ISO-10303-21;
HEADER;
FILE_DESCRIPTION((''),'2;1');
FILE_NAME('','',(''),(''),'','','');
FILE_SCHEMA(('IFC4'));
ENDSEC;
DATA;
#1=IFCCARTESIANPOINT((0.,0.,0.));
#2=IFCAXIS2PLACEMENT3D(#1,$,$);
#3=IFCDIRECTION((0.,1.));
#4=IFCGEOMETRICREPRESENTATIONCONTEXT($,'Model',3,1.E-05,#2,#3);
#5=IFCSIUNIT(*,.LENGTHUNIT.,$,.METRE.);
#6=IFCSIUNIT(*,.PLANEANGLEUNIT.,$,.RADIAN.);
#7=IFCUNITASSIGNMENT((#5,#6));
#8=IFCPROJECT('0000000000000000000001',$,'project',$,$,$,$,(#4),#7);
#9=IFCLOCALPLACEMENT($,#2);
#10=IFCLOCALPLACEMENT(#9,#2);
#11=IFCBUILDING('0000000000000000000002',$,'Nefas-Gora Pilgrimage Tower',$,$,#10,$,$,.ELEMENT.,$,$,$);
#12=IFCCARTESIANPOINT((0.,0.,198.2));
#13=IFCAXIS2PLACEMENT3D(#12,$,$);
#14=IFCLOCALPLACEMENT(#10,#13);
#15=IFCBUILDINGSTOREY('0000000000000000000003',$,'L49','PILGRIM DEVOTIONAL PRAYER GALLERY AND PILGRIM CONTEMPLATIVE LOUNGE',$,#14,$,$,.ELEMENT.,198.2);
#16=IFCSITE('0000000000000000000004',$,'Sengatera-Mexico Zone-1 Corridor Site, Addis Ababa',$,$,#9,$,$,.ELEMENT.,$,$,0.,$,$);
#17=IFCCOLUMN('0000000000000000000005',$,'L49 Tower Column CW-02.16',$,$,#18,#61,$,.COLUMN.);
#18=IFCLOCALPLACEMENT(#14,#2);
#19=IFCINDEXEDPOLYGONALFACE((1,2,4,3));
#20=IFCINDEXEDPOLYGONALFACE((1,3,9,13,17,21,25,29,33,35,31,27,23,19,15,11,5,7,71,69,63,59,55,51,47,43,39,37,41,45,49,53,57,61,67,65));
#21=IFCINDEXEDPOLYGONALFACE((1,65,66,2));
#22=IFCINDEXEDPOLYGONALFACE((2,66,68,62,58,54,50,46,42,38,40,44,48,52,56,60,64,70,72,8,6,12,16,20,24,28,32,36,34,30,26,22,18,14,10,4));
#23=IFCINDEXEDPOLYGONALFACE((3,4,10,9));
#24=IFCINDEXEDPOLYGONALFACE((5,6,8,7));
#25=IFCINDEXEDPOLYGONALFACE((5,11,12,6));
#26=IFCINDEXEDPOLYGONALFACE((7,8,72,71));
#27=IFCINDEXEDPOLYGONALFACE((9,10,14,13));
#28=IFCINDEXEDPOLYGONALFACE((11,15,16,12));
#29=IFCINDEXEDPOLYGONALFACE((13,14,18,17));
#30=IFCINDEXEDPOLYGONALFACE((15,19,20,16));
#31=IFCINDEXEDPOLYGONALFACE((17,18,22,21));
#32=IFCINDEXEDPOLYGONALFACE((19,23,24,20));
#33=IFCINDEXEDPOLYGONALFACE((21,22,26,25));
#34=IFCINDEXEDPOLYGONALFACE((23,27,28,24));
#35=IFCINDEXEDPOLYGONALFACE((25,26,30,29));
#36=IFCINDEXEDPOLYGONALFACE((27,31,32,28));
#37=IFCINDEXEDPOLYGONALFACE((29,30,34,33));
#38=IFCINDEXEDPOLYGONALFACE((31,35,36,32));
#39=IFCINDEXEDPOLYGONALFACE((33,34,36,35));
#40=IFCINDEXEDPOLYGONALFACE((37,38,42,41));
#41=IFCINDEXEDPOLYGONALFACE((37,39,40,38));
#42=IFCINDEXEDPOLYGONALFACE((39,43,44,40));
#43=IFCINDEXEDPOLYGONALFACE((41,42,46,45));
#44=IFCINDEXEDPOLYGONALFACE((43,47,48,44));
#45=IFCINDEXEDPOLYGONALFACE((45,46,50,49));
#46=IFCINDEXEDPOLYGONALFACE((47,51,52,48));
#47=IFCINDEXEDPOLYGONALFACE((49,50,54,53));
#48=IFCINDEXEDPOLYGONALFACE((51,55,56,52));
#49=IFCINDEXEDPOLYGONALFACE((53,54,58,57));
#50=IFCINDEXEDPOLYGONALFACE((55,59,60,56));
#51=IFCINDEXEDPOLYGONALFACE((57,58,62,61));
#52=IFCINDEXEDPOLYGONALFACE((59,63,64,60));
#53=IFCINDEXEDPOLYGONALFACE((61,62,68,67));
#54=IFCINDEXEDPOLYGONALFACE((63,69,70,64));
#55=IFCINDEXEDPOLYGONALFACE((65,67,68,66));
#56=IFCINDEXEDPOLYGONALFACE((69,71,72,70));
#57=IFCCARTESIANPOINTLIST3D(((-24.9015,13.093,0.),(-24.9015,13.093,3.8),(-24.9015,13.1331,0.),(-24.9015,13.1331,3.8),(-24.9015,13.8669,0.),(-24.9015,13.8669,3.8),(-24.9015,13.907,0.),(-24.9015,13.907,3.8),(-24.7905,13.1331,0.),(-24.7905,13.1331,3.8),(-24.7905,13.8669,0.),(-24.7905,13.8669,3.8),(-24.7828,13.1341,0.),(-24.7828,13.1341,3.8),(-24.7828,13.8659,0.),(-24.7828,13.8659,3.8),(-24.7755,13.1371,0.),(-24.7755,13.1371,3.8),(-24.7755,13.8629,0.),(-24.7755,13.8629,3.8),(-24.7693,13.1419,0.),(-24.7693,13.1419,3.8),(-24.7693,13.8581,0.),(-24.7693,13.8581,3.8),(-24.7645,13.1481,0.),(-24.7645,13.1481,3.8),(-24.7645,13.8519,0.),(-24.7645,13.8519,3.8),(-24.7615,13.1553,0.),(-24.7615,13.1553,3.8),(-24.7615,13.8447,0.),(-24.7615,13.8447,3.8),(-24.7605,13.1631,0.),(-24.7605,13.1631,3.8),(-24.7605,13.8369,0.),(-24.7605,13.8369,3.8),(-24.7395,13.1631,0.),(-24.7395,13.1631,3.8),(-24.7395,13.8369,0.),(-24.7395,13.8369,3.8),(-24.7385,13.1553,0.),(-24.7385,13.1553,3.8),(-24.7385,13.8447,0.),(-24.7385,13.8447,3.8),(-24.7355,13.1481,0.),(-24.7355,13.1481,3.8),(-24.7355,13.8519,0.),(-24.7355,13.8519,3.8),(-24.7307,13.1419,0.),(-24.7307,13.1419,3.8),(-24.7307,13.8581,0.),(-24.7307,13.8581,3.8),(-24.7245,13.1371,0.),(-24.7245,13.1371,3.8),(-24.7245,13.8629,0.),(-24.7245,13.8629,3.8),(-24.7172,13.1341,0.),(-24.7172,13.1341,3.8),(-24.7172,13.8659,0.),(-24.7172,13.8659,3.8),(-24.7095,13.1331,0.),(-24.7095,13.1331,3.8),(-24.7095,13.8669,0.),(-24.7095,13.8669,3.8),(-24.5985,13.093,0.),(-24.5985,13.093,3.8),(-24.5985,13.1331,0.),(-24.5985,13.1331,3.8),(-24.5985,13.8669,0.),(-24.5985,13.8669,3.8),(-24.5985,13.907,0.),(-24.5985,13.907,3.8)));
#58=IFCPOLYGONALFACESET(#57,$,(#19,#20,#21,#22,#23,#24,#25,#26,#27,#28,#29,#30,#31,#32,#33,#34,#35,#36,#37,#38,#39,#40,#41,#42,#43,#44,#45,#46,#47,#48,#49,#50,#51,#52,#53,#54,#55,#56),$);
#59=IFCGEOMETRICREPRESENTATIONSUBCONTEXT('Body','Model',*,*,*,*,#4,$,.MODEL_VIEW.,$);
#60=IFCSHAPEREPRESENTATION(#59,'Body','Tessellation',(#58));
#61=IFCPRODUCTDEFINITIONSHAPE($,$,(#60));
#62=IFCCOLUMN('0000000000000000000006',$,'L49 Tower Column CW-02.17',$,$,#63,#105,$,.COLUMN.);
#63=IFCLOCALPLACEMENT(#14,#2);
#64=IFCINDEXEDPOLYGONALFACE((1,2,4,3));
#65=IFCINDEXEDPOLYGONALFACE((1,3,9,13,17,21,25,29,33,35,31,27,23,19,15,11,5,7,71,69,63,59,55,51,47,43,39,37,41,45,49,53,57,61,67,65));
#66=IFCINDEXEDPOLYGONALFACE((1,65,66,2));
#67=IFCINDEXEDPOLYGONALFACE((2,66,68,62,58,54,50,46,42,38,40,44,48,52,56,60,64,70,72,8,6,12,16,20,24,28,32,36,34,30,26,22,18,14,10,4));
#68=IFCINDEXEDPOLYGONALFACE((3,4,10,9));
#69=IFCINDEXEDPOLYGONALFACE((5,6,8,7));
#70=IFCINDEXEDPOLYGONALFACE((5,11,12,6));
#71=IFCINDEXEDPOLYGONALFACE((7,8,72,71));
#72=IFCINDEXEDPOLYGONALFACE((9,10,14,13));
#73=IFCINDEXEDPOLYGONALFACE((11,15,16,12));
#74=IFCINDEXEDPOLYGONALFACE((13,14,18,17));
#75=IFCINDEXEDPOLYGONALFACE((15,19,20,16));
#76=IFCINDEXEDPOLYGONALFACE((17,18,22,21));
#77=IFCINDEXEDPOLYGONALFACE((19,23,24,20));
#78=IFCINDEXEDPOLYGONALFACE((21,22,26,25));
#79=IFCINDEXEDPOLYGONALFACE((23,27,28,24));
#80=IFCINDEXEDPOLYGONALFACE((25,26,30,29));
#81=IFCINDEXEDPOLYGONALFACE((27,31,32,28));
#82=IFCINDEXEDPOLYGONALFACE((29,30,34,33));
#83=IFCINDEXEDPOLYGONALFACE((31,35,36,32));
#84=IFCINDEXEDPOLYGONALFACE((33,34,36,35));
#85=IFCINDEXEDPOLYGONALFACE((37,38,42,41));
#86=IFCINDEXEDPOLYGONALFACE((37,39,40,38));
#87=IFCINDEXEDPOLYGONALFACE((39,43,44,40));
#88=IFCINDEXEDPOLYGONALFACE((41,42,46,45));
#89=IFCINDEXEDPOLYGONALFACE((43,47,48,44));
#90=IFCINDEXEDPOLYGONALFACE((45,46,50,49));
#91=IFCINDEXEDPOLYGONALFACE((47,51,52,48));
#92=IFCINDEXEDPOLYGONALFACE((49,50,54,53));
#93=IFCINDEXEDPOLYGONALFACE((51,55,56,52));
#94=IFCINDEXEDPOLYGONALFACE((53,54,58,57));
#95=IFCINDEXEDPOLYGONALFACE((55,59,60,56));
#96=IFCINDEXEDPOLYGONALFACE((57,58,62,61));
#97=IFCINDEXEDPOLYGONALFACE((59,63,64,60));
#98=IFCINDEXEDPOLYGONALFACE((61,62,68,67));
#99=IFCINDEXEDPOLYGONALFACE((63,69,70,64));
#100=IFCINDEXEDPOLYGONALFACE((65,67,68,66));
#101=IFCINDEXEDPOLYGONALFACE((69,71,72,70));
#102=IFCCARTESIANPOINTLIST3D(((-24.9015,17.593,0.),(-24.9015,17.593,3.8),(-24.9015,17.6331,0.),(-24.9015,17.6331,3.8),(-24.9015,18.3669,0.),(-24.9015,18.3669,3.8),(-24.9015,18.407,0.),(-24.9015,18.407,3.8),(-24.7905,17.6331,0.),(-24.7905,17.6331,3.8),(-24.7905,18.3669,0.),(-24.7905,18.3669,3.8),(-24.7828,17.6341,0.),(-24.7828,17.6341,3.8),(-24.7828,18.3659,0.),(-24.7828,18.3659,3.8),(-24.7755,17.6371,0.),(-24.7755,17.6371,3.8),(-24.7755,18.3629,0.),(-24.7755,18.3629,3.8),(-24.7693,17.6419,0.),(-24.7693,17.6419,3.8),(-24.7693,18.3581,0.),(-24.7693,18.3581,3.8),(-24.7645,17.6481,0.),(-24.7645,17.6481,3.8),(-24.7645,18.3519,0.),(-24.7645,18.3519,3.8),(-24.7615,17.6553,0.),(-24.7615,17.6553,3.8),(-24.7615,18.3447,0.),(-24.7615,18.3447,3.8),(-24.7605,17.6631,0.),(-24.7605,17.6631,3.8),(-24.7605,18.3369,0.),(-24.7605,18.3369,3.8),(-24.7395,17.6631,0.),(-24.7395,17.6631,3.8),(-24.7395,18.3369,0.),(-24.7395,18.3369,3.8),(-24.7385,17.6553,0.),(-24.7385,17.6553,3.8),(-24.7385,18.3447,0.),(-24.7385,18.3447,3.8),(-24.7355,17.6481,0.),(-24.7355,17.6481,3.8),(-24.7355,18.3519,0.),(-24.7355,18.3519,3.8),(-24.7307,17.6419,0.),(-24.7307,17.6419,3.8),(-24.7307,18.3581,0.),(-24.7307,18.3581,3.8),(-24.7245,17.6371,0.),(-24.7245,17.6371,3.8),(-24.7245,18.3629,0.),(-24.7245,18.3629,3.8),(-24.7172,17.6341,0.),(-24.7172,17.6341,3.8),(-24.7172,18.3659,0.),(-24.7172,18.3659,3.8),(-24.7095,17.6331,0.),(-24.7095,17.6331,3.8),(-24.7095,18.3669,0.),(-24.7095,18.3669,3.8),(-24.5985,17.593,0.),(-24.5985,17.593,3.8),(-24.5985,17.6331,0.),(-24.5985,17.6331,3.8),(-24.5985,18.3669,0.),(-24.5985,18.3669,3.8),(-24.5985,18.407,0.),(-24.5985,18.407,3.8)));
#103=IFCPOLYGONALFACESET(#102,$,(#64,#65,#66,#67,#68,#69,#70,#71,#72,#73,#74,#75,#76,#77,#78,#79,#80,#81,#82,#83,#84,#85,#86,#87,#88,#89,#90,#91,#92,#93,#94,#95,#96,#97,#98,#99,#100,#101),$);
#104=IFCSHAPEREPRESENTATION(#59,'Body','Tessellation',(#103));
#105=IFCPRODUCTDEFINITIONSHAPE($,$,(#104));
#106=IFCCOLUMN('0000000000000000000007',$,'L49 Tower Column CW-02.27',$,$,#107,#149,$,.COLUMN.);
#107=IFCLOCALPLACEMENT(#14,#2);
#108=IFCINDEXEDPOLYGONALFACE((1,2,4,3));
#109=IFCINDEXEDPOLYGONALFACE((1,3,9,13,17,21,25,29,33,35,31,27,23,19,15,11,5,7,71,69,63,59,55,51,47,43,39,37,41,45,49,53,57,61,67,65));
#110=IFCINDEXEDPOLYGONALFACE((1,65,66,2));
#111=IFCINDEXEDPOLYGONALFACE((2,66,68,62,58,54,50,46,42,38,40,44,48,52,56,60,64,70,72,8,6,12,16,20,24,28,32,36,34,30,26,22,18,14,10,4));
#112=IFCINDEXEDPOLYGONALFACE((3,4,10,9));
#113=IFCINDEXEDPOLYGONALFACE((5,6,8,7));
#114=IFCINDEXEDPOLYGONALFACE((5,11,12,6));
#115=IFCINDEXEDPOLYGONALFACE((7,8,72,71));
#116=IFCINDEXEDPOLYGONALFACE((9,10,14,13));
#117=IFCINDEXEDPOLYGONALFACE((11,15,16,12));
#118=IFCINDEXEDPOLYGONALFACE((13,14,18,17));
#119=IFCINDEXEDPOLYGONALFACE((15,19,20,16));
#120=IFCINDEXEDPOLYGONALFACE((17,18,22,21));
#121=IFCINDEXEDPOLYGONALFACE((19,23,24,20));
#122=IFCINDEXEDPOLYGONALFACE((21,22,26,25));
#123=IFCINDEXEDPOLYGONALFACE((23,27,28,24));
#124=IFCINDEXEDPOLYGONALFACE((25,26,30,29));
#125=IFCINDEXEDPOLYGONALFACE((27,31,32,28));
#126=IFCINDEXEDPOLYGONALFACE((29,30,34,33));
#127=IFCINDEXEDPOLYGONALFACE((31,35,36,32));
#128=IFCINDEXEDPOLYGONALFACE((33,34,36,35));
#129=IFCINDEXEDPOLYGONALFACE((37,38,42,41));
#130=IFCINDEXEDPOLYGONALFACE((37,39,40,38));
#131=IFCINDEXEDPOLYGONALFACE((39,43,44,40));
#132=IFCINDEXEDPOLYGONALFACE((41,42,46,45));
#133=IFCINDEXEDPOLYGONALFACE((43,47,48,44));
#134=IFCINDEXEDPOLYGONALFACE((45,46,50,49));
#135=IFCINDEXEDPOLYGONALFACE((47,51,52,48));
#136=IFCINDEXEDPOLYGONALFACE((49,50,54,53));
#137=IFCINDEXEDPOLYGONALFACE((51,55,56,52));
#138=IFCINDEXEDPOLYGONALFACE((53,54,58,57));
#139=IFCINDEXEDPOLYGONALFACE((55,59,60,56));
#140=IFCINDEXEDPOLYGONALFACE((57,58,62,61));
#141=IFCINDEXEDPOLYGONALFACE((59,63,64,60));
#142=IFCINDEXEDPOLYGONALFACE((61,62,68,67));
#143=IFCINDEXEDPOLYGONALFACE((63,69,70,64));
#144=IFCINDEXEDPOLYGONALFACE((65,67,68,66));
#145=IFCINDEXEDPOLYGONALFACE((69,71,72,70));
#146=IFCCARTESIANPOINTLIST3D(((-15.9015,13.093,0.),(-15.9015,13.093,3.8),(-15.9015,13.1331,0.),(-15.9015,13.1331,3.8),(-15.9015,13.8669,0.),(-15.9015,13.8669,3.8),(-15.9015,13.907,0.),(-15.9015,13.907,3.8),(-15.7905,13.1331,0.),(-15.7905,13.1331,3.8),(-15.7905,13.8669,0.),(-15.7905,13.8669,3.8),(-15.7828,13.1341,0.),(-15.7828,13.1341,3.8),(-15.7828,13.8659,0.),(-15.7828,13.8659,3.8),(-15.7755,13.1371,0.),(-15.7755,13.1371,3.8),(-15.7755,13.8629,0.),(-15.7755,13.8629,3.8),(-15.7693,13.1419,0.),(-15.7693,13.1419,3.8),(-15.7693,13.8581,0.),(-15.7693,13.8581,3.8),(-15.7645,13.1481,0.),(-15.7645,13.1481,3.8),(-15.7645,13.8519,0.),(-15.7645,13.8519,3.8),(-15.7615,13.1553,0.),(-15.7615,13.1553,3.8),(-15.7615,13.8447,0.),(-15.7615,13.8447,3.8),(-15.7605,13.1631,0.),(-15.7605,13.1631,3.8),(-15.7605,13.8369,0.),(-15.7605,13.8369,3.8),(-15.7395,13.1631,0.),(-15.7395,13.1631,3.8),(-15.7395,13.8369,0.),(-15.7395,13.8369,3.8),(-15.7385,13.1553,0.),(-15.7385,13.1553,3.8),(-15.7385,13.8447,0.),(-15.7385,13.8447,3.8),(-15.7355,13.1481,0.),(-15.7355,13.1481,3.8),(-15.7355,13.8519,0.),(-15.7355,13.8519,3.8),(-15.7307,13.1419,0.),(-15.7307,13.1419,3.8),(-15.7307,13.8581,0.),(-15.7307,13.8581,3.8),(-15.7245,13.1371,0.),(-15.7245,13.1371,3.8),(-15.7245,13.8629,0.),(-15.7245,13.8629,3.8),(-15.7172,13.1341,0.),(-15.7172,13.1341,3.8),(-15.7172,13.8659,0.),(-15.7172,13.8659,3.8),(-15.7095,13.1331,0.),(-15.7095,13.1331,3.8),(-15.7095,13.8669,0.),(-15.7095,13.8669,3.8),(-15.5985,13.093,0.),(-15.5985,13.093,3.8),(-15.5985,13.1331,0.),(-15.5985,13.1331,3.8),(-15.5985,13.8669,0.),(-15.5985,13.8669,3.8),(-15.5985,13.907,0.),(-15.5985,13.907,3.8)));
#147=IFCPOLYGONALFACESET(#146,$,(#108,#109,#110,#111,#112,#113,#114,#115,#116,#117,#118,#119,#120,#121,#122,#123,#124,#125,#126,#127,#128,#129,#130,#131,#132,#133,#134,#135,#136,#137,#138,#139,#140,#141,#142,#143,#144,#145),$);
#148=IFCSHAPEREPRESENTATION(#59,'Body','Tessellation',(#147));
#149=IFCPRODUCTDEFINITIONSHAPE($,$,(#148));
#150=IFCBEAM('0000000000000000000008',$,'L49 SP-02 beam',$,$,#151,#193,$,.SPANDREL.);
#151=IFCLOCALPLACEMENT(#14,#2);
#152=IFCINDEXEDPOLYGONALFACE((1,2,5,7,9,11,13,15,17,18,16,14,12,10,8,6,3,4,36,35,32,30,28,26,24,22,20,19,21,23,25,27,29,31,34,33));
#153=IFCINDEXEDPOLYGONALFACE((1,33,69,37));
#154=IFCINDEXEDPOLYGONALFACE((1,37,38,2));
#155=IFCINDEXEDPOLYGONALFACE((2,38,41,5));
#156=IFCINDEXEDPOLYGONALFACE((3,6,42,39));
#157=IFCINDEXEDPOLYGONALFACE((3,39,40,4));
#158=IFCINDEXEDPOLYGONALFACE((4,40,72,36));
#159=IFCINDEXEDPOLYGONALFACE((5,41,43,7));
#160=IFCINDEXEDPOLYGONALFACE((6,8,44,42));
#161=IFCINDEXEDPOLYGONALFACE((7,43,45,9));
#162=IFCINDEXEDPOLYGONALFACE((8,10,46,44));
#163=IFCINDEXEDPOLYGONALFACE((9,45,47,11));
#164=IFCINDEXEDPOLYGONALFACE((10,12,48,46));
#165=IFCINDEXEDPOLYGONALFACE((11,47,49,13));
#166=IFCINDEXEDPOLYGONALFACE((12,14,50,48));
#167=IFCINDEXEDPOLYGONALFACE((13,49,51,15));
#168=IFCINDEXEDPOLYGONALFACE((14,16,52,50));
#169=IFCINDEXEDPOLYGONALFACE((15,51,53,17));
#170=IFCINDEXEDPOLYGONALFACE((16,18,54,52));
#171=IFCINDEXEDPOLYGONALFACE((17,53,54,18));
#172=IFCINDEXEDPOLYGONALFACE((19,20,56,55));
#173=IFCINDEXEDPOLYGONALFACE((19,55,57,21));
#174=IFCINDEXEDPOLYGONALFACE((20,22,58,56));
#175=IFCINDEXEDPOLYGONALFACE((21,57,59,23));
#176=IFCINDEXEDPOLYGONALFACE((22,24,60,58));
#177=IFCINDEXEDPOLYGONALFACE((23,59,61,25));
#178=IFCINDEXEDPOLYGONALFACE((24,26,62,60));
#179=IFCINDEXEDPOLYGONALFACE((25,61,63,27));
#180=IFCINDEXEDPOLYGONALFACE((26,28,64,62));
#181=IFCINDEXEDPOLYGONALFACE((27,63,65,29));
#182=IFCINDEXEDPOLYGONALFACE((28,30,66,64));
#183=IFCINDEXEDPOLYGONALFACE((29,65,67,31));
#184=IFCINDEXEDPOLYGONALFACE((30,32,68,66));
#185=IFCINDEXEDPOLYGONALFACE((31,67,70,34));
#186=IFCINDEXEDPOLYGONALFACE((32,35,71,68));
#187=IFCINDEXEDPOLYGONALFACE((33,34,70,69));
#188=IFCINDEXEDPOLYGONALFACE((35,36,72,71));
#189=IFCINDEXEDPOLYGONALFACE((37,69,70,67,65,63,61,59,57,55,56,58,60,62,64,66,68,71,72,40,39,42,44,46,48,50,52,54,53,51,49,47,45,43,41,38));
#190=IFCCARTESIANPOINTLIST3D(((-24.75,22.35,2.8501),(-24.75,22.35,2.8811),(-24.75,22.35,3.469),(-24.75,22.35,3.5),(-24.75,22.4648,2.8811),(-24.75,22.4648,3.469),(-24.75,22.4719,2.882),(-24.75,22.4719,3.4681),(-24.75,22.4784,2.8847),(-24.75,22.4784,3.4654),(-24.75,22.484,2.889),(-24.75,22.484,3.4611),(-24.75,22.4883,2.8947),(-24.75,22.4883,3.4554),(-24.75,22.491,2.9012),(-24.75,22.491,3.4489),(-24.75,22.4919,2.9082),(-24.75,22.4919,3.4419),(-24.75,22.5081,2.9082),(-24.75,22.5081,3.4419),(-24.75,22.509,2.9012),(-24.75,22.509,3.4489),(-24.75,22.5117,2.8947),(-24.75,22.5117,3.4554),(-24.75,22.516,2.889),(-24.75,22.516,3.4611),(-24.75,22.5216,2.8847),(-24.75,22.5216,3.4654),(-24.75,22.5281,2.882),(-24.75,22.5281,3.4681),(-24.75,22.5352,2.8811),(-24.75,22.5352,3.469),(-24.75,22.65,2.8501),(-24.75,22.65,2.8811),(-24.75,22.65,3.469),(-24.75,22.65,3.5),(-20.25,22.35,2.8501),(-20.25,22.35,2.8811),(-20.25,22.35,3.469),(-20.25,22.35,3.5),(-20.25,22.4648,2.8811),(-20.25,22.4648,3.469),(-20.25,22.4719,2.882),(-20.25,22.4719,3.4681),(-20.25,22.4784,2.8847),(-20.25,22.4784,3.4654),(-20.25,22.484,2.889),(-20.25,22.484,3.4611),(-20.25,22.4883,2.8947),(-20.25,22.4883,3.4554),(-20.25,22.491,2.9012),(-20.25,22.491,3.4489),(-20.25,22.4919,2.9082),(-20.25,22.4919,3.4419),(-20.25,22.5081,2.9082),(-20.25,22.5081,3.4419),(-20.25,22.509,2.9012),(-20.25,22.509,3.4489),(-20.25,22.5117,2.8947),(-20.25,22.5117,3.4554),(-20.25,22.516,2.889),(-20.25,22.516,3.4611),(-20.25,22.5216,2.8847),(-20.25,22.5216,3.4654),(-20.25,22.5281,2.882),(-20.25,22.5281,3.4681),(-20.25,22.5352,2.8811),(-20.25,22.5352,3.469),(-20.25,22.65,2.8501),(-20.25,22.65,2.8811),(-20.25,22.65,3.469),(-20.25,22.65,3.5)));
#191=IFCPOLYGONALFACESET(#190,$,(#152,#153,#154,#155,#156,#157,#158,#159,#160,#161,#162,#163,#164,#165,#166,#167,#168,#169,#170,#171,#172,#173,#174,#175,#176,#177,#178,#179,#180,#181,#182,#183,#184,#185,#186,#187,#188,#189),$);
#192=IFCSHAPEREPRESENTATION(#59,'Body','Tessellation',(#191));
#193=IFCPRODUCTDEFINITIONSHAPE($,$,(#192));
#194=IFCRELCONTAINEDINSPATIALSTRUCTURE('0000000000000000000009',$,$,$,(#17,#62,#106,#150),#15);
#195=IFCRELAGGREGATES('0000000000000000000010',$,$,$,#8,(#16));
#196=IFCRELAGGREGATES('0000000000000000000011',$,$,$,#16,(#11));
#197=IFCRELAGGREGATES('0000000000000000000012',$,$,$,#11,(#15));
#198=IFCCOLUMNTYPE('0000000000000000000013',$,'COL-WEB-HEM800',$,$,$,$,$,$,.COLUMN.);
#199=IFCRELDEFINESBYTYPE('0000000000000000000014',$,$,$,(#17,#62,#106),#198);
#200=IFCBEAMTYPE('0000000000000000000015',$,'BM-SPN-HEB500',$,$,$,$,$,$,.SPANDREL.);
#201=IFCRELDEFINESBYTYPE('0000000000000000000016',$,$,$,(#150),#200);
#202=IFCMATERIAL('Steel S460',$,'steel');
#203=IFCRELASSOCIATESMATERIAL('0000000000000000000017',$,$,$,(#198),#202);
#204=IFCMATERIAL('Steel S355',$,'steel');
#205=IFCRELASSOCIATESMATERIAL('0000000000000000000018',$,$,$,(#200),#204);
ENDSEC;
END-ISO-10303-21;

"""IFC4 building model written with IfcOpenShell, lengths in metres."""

from ifc_helpers import new_model, si_unit, direction, frame, origin, origin_2d, place, context, subcontext, project, spatial, i_section, extrude, source, transform, mapped, material, material_profile, profile_set, type_object, element, save


model = new_model("IFC4")

# Units and contexts
model_context = context("Model", 3, precision=1e-05, world=origin(), true_north=direction((0.0, 1.0)))
body_context = subcontext(model_context, "Body", "Model", "MODEL_VIEW")
ifc_project = project(units=[si_unit("LENGTHUNIT", "METRE"), si_unit("PLANEANGLEUNIT", "RADIAN")], contexts=[model_context])

# Site, building, storey
site_placement = place(None, origin())
site = spatial("IfcSite", under=ifc_project, at=site_placement, Name="Sengatera-Mexico Zone-1 Corridor Site, Addis Ababa", CompositionType="ELEMENT", RefElevation=0.0)
building_placement = place(site_placement, origin())
building = spatial("IfcBuilding", under=site, at=building_placement, Name="Nefas-Gora Pilgrimage Tower", CompositionType="ELEMENT")
storey_placement = place(building_placement, frame((0.0, 0.0, 198.2)))
storey = spatial("IfcBuildingStorey", under=building, at=storey_placement, Name="L49", Description="PILGRIM DEVOTIONAL PRAYER GALLERY AND PILGRIM CONTEMPLATIVE LOUNGE", CompositionType="ELEMENT", Elevation=198.2)

# Columns
ifc_material_1 = material(Name="Steel S460", Category="steel")
ifc_material_profile_1 = material_profile(ifc_material_1, i_section(OverallWidth=0.303, OverallDepth=0.814, WebThickness=0.021, FlangeThickness=0.04, FilletRadius=0.03, at=origin_2d()), Name="HEM 800")
ifc_profile_set_1 = profile_set([ifc_material_profile_1], Name="Steel S460")
column_type_1 = type_object("IfcColumnType", Name="COL-WEB-HEM800", PredefinedType="COLUMN", material=ifc_profile_set_1)
shared_shape_1 = source(origin(), body_context, "Body", "SweptSolid", [
    extrude(i_section(OverallWidth=0.303, OverallDepth=0.814, WebThickness=0.021, FlangeThickness=0.04, FilletRadius=0.03, at=origin_2d()), origin(), (0.0, 0.0, 1.0), 3.8),
])
for number, where, z_axis, x_axis, name in (
    (1, (-24.75, 13.5, 0.0), (0.0, 0.0, 1.0), (1.0, 0.0, 0.0), "L49 Tower Column CW-02.16"),
    (2, (-24.75, 18.0, 0.0), (0.0, 0.0, 1.0), (1.0, 0.0, 0.0), "L49 Tower Column CW-02.17"),
    (3, (-15.75, 13.5, 0.0), (0.0, 0.0, 1.0), (1.0, 0.0, 0.0), "L49 Tower Column CW-02.27"),
):
    element("IfcColumn", number, at=place(storey_placement, frame(where, z_axis=z_axis, x_axis=x_axis)), inside=storey, type_object=column_type_1, Name=name, PredefinedType="COLUMN", context=body_context, shape_type="MappedRepresentation", body=[
        mapped(shared_shape_1, transform((0.0, 0.0, 0.0), x_axis=(1.0, 0.0, 0.0), y_axis=(0.0, 1.0, 0.0), z_axis=(0.0, 0.0, 1.0), scale=1.0)),
    ])

# Beam
ifc_material_2 = material(Name="Steel S355", Category="steel")
ifc_material_profile_2 = material_profile(ifc_material_2, i_section(OverallWidth=0.3, OverallDepth=0.6499, WebThickness=0.0161, FlangeThickness=0.031, FilletRadius=0.0271, at=origin_2d()), Name="HEB 650")
ifc_profile_set_2 = profile_set([ifc_material_profile_2], Name="Steel S355")
beam_type_1 = type_object("IfcBeamType", Name="BM-SPN-HEB500", PredefinedType="SPANDREL", material=ifc_profile_set_2)
shared_shape_2 = source(origin(), body_context, "Body", "SweptSolid", [
    extrude(i_section(OverallWidth=0.3, OverallDepth=0.6499, WebThickness=0.0161, FlangeThickness=0.031, FilletRadius=0.0271, at=origin_2d()), origin(), (0.0, 0.0, 1.0), 4.5),
])
beam_placement = place(storey_placement, frame((-24.75, 22.5, 3.175), z_axis=(1.0, 0.0, 0.0), x_axis=(0.0, 1.0, 0.0)))
element("IfcBeam", 4, at=beam_placement, inside=storey, type_object=beam_type_1, Name="L49 SP-02 beam", PredefinedType="SPANDREL", context=body_context, shape_type="MappedRepresentation", body=[
    mapped(shared_shape_2, transform((0.0, 0.0, 0.0), x_axis=(1.0, 0.0, 0.0), y_axis=(0.0, 1.0, 0.0), z_axis=(0.0, 0.0, 1.0), scale=1.0)),
])

save(model, "model.ifc")
